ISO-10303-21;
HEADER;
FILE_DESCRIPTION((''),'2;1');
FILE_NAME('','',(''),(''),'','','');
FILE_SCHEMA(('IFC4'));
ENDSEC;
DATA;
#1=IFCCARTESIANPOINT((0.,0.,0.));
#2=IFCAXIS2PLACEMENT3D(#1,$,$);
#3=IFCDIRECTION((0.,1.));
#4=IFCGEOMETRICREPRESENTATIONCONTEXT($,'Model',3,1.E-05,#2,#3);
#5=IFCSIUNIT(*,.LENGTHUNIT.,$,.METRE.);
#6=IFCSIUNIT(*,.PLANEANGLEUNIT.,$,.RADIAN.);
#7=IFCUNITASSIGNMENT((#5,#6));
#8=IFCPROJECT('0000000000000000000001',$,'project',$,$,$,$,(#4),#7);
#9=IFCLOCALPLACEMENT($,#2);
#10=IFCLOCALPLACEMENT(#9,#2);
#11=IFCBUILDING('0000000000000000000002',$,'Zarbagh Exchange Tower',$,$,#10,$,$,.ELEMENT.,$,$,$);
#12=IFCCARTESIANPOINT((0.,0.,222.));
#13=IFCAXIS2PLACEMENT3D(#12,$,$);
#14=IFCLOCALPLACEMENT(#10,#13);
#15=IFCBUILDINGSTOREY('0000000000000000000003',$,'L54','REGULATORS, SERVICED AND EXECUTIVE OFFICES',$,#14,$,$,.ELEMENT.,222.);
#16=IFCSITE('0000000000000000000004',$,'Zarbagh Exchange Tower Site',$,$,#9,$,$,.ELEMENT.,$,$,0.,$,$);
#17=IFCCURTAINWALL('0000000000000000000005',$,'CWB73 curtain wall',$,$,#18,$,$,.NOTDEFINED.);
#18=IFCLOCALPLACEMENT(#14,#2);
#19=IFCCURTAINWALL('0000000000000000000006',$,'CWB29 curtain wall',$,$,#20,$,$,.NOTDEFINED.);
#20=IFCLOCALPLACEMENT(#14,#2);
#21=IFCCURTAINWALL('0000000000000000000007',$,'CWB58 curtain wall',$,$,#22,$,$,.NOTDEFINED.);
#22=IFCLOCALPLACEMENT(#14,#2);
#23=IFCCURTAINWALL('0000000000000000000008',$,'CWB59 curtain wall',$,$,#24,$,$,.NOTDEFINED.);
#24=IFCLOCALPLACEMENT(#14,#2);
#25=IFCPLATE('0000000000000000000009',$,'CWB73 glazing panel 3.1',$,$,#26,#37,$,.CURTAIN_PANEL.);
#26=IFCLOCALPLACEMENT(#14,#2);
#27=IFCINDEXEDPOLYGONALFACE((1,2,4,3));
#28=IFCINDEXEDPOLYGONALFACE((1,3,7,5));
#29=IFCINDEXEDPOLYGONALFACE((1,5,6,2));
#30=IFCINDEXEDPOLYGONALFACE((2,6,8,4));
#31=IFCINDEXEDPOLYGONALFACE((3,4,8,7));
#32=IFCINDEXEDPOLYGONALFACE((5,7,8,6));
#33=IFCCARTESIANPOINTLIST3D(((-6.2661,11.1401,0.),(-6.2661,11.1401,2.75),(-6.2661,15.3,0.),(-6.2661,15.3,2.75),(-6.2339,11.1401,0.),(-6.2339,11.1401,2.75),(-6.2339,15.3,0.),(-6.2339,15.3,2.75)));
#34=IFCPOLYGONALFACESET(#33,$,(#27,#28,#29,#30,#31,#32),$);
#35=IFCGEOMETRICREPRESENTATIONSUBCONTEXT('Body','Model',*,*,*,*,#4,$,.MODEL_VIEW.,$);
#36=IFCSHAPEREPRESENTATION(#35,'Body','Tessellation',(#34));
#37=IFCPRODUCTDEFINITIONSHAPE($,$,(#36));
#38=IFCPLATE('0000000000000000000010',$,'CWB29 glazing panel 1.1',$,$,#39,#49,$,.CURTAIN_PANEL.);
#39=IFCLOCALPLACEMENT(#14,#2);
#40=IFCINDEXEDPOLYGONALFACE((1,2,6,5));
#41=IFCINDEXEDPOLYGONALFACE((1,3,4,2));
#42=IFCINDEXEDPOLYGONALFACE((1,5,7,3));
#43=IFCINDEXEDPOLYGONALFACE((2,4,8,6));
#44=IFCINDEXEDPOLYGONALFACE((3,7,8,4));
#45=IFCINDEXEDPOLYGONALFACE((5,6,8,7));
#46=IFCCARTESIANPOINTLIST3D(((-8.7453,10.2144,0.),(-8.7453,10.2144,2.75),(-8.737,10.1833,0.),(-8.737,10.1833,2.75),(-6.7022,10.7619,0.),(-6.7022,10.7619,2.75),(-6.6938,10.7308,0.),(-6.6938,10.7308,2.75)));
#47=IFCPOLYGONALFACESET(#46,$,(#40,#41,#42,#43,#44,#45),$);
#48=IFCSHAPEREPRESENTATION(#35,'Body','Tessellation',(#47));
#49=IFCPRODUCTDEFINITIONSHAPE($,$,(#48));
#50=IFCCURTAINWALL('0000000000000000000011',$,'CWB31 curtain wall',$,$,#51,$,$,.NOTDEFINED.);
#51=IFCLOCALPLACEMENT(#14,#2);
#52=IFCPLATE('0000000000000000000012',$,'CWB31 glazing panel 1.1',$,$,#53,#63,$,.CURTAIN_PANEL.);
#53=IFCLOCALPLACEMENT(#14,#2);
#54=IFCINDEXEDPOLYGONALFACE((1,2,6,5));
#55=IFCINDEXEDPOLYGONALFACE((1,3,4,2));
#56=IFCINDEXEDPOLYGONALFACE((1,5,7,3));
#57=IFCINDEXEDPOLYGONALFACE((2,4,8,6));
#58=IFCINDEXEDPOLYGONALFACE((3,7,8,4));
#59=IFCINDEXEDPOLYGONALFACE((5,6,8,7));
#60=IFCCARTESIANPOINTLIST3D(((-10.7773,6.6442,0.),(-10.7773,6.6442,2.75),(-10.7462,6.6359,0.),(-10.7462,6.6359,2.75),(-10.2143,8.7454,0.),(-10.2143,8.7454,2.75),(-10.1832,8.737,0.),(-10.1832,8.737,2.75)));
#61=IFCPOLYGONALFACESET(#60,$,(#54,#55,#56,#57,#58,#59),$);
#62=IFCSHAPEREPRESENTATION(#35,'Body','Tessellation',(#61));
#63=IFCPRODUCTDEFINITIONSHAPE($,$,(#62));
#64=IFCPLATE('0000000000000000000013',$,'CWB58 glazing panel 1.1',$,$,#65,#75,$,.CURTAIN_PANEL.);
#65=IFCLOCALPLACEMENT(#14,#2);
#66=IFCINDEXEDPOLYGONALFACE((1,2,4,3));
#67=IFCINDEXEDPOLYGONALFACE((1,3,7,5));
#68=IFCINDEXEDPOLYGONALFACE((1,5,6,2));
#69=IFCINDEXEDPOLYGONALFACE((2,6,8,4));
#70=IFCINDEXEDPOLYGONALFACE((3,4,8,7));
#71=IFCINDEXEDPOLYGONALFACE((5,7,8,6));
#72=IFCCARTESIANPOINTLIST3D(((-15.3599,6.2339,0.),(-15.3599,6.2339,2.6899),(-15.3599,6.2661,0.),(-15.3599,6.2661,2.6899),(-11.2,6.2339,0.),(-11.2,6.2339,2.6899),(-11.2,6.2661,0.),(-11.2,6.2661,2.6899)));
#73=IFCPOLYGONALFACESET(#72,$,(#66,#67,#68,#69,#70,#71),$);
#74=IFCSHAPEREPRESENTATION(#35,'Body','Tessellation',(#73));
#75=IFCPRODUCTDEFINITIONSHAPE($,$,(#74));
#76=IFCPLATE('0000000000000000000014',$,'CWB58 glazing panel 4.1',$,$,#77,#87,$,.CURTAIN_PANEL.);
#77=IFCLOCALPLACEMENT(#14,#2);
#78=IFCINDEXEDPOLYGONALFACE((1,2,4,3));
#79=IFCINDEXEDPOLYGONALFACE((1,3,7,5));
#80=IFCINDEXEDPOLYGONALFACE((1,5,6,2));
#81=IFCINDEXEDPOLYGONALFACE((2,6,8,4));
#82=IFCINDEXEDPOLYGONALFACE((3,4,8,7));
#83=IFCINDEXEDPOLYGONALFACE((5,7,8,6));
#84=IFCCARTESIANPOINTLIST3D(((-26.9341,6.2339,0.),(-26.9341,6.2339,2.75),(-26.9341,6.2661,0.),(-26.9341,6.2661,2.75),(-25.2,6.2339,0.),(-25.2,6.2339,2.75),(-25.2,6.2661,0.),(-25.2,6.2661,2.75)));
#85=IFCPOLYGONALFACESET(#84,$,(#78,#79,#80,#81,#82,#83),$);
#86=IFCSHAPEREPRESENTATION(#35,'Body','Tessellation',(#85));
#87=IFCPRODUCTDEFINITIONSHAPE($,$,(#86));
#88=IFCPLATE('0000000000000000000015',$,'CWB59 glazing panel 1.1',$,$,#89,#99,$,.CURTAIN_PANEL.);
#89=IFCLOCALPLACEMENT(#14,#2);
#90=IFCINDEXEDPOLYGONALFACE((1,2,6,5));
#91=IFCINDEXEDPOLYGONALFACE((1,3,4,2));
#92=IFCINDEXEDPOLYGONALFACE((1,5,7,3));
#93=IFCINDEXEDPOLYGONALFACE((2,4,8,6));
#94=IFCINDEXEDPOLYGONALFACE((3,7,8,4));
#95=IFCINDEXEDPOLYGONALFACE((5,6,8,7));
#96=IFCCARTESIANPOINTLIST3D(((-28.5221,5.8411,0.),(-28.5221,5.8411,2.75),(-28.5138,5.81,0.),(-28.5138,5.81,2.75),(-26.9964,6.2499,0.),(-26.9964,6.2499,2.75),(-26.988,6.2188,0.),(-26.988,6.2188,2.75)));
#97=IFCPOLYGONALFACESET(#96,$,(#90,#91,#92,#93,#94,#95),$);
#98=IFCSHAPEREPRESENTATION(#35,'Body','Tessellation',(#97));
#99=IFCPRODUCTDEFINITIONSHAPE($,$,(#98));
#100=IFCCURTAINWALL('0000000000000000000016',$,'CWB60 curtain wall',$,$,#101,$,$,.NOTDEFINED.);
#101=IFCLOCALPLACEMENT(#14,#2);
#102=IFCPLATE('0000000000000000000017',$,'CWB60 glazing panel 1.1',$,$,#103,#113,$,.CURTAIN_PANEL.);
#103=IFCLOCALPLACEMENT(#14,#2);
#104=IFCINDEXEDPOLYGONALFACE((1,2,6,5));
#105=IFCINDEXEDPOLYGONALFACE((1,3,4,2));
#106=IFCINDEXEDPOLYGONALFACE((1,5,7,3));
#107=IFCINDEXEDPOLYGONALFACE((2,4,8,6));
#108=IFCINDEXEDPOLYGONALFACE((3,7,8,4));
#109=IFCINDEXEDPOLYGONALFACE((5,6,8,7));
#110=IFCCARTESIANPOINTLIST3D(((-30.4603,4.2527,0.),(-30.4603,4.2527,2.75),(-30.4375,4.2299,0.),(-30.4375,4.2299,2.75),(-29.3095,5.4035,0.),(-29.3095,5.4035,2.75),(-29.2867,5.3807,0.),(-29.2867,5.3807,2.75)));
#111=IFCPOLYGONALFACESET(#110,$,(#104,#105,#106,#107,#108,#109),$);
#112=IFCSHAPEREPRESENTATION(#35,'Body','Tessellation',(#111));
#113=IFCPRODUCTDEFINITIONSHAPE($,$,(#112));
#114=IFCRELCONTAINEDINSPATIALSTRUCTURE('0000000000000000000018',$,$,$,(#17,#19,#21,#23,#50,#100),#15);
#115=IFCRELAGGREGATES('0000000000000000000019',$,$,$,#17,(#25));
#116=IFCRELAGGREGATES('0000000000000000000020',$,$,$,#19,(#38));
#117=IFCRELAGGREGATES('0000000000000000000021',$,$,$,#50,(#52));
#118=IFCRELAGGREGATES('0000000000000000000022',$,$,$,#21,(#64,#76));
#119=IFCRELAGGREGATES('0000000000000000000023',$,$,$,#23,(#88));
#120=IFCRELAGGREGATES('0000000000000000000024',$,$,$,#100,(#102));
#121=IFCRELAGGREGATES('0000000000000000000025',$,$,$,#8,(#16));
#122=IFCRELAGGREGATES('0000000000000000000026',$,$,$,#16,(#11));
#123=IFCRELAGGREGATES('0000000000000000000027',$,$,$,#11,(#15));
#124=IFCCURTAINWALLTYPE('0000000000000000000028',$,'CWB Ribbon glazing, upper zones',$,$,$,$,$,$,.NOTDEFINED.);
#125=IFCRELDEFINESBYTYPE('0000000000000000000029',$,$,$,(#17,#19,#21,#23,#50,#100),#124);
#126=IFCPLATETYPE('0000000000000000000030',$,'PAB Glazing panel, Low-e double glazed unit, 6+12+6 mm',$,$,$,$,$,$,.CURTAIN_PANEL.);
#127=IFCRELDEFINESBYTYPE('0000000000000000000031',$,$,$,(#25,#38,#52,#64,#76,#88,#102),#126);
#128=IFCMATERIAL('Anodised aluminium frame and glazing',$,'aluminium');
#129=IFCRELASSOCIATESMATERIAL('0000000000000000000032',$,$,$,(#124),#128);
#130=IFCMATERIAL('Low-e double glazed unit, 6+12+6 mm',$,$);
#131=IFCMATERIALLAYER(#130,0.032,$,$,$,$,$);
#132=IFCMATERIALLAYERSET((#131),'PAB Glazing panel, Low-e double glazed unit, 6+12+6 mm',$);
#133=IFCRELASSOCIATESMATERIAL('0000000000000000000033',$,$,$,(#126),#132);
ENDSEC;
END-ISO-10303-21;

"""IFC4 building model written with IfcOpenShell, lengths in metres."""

from ifc_helpers import new_model, si_unit, direction, frame, origin, place, context, subcontext, project, spatial, polyline, outline, extrude, source, transform, mapped, material, layer, layer_set, type_object, element, aggregate, save


model = new_model("IFC4")

# Units and contexts
model_context = context("Model", 3, precision=1e-05, world=origin(), true_north=direction((0.0, 1.0)))
body_context = subcontext(model_context, "Body", "Model", "MODEL_VIEW")
ifc_project = project(units=[si_unit("LENGTHUNIT", "METRE"), si_unit("PLANEANGLEUNIT", "RADIAN")], contexts=[model_context])

# Site, building, storey
site_placement = place(None, origin())
site = spatial("IfcSite", under=ifc_project, at=site_placement, Name="Zarbagh Exchange Tower Site", CompositionType="ELEMENT", RefElevation=0.0)
building_placement = place(site_placement, origin())
building = spatial("IfcBuilding", under=site, at=building_placement, Name="Zarbagh Exchange Tower", CompositionType="ELEMENT")
storey_placement = place(building_placement, frame((0.0, 0.0, 222.0)))
storey = spatial("IfcBuildingStorey", under=building, at=storey_placement, Name="L54", Description="REGULATORS, SERVICED AND EXECUTIVE OFFICES", CompositionType="ELEMENT", Elevation=222.0)

# Curtain wall
ifc_material_1 = material(Name="Anodised aluminium frame and glazing", Category="aluminium")
curtain_wall_type = type_object("IfcCurtainWallType", Name="CWB Ribbon glazing, upper zones", PredefinedType="NOTDEFINED", material=ifc_material_1)
curtain_wall_1_placement = place(storey_placement, origin())
curtain_wall_1 = element("IfcCurtainWall", 1, at=curtain_wall_1_placement, inside=storey, type_object=curtain_wall_type, Name="CWB73 curtain wall", PredefinedType="NOTDEFINED")
placement = place(storey_placement, origin())

# Curtain wall
curtain_wall_2_placement = place(storey_placement, origin())
curtain_wall_2 = element("IfcCurtainWall", 2, at=curtain_wall_2_placement, inside=storey, type_object=curtain_wall_type, Name="CWB29 curtain wall", PredefinedType="NOTDEFINED")

# Curtain wall
curtain_wall_3_placement = place(storey_placement, origin())
curtain_wall_3 = element("IfcCurtainWall", 3, at=curtain_wall_3_placement, inside=storey, type_object=curtain_wall_type, Name="CWB58 curtain wall", PredefinedType="NOTDEFINED")

# Curtain wall
curtain_wall_4_placement = place(storey_placement, origin())
curtain_wall_4 = element("IfcCurtainWall", 4, at=curtain_wall_4_placement, inside=storey, type_object=curtain_wall_type, Name="CWB59 curtain wall", PredefinedType="NOTDEFINED")

# Shared definitions
ifc_material_2 = material(Name="Low-e double glazed unit, 6+12+6 mm")
ifc_layer = layer(ifc_material_2, 0.032)
ifc_layer_set = layer_set([ifc_layer], Name="PAB Glazing panel, Low-e double glazed unit, 6+12+6 mm")
plate_type = type_object("IfcPlateType", Name="PAB Glazing panel, Low-e double glazed unit, 6+12+6 mm", PredefinedType="CURTAIN_PANEL", material=ifc_layer_set)

# Plates
shared_shape_1 = source(origin(), body_context, "Body", "SweptSolid", [
    extrude(outline(polyline([(0.0, -0.0161), (4.1599, -0.0161), (4.1599, 0.0161), (0.0, 0.0161), (0.0, -0.0161)])), origin(), (0.0, 0.0, 1.0), 2.75),
])
plate_1 = element("IfcPlate", 5, at=placement, type_object=plate_type, Name="CWB73 glazing panel 3.1", PredefinedType="CURTAIN_PANEL", context=body_context, shape_type="MappedRepresentation", body=[
    mapped(shared_shape_1, transform((-6.25, 15.3, 0.0), x_axis=(0.0, -1.0, 0.0), y_axis=(1.0, 0.0, 0.0), z_axis=(0.0, 0.0, 1.0))),
])
aggregate(curtain_wall_1, [plate_1])
shared_shape_2 = source(origin(), body_context, "Body", "SweptSolid", [
    extrude(outline(polyline([(0.0, -0.0161), (2.1152, -0.0161), (2.1152, 0.0161), (0.0, 0.0161), (0.0, -0.0161)])), origin(), (0.0, 0.0, 1.0), 2.75),
])
plate_2 = element("IfcPlate", 6, at=placement, type_object=plate_type, Name="CWB29 glazing panel 1.1", PredefinedType="CURTAIN_PANEL", context=body_context, shape_type="MappedRepresentation", body=[
    mapped(shared_shape_2, transform((-6.698, 10.7463, 0.0), x_axis=(-0.965924, -0.258825, 0.0), y_axis=(0.258825, -0.965924, 0.0), z_axis=(0.0, 0.0, 1.0))),
])
aggregate(curtain_wall_2, [plate_2])

# Curtain wall, plate
curtain_wall_5_placement = place(storey_placement, origin())
curtain_wall_5 = element("IfcCurtainWall", 7, at=curtain_wall_5_placement, inside=storey, type_object=curtain_wall_type, Name="CWB31 curtain wall", PredefinedType="NOTDEFINED")
shared_shape_3 = source(origin(), body_context, "Body", "SweptSolid", [
    extrude(outline(polyline([(0.0, -0.0161), (2.1753, -0.0161), (2.1753, 0.0161), (0.0, 0.0161), (0.0, -0.0161)])), origin(), (0.0, 0.0, 1.0), 2.75),
])
plate_3 = element("IfcPlate", 8, at=placement, type_object=plate_type, Name="CWB31 glazing panel 1.1", PredefinedType="CURTAIN_PANEL", context=body_context, shape_type="MappedRepresentation", body=[
    mapped(shared_shape_3, transform((-10.1987, 8.7412, 0.0), x_axis=(-0.258825, -0.965924, 0.0), y_axis=(0.965924, -0.258825, 0.0), z_axis=(0.0, 0.0, 1.0))),
])
aggregate(curtain_wall_5, [plate_3])

# Plates
shared_shape_4 = source(origin(), body_context, "Body", "SweptSolid", [
    extrude(outline(polyline([(0.0, -0.0161), (4.1599, -0.0161), (4.1599, 0.0161), (0.0, 0.0161), (0.0, -0.0161)])), origin(), (0.0, 0.0, 1.0), 2.6899),
])
plate_4 = element("IfcPlate", 9, at=placement, type_object=plate_type, Name="CWB58 glazing panel 1.1", PredefinedType="CURTAIN_PANEL", context=body_context, shape_type="MappedRepresentation", body=[
    mapped(shared_shape_4, transform((-11.2, 6.25, 0.0), x_axis=(-1.0, 0.0, 0.0), y_axis=(0.0, -1.0, 0.0), z_axis=(0.0, 0.0, 1.0))),
])
shared_shape_5 = source(origin(), body_context, "Body", "SweptSolid", [
    extrude(outline(polyline([(0.0, -0.0161), (1.7341, -0.0161), (1.7341, 0.0161), (0.0, 0.0161), (0.0, -0.0161)])), origin(), (0.0, 0.0, 1.0), 2.75),
])
plate_5 = element("IfcPlate", 10, at=placement, type_object=plate_type, Name="CWB58 glazing panel 4.1", PredefinedType="CURTAIN_PANEL", context=body_context, shape_type="MappedRepresentation", body=[
    mapped(shared_shape_5, transform((-25.2, 6.25, 0.0), x_axis=(-1.0, 0.0, 0.0), y_axis=(0.0, -1.0, 0.0), z_axis=(0.0, 0.0, 1.0))),
])
aggregate(curtain_wall_3, [plate_4, plate_5])
shared_shape_6 = source(origin(), body_context, "Body", "SweptSolid", [
    extrude(outline(polyline([(0.0, -0.0161), (1.5796, -0.0161), (1.5796, 0.0161), (0.0, 0.0161), (0.0, -0.0161)])), origin(), (0.0, 0.0, 1.0), 2.75),
])
plate_6 = element("IfcPlate", 11, at=placement, type_object=plate_type, Name="CWB59 glazing panel 1.1", PredefinedType="CURTAIN_PANEL", context=body_context, shape_type="MappedRepresentation", body=[
    mapped(shared_shape_6, transform((-26.9922, 6.2344, 0.0), x_axis=(-0.965924, -0.258825, 0.0), y_axis=(0.258825, -0.965924, 0.0), z_axis=(0.0, 0.0, 1.0))),
])
aggregate(curtain_wall_4, [plate_6])

# Curtain wall, plate
curtain_wall_6_placement = place(storey_placement, origin())
curtain_wall_6 = element("IfcCurtainWall", 12, at=curtain_wall_6_placement, inside=storey, type_object=curtain_wall_type, Name="CWB60 curtain wall", PredefinedType="NOTDEFINED")
shared_shape_7 = source(origin(), body_context, "Body", "SweptSolid", [
    extrude(outline(polyline([(0.0, -0.0161), (1.6274, -0.0161), (1.6274, 0.0161), (0.0, 0.0161), (0.0, -0.0161)])), origin(), (0.0, 0.0, 1.0), 2.75),
])
plate_7 = element("IfcPlate", 13, at=placement, type_object=plate_type, Name="CWB60 glazing panel 1.1", PredefinedType="CURTAIN_PANEL", context=body_context, shape_type="MappedRepresentation", body=[
    mapped(shared_shape_7, transform((-29.2981, 5.3921, 0.0), x_axis=(-0.707107, -0.707107, 0.0), y_axis=(0.707107, -0.707107, 0.0), z_axis=(0.0, 0.0, 1.0))),
])
aggregate(curtain_wall_6, [plate_7])

save(model, "model.ifc")
